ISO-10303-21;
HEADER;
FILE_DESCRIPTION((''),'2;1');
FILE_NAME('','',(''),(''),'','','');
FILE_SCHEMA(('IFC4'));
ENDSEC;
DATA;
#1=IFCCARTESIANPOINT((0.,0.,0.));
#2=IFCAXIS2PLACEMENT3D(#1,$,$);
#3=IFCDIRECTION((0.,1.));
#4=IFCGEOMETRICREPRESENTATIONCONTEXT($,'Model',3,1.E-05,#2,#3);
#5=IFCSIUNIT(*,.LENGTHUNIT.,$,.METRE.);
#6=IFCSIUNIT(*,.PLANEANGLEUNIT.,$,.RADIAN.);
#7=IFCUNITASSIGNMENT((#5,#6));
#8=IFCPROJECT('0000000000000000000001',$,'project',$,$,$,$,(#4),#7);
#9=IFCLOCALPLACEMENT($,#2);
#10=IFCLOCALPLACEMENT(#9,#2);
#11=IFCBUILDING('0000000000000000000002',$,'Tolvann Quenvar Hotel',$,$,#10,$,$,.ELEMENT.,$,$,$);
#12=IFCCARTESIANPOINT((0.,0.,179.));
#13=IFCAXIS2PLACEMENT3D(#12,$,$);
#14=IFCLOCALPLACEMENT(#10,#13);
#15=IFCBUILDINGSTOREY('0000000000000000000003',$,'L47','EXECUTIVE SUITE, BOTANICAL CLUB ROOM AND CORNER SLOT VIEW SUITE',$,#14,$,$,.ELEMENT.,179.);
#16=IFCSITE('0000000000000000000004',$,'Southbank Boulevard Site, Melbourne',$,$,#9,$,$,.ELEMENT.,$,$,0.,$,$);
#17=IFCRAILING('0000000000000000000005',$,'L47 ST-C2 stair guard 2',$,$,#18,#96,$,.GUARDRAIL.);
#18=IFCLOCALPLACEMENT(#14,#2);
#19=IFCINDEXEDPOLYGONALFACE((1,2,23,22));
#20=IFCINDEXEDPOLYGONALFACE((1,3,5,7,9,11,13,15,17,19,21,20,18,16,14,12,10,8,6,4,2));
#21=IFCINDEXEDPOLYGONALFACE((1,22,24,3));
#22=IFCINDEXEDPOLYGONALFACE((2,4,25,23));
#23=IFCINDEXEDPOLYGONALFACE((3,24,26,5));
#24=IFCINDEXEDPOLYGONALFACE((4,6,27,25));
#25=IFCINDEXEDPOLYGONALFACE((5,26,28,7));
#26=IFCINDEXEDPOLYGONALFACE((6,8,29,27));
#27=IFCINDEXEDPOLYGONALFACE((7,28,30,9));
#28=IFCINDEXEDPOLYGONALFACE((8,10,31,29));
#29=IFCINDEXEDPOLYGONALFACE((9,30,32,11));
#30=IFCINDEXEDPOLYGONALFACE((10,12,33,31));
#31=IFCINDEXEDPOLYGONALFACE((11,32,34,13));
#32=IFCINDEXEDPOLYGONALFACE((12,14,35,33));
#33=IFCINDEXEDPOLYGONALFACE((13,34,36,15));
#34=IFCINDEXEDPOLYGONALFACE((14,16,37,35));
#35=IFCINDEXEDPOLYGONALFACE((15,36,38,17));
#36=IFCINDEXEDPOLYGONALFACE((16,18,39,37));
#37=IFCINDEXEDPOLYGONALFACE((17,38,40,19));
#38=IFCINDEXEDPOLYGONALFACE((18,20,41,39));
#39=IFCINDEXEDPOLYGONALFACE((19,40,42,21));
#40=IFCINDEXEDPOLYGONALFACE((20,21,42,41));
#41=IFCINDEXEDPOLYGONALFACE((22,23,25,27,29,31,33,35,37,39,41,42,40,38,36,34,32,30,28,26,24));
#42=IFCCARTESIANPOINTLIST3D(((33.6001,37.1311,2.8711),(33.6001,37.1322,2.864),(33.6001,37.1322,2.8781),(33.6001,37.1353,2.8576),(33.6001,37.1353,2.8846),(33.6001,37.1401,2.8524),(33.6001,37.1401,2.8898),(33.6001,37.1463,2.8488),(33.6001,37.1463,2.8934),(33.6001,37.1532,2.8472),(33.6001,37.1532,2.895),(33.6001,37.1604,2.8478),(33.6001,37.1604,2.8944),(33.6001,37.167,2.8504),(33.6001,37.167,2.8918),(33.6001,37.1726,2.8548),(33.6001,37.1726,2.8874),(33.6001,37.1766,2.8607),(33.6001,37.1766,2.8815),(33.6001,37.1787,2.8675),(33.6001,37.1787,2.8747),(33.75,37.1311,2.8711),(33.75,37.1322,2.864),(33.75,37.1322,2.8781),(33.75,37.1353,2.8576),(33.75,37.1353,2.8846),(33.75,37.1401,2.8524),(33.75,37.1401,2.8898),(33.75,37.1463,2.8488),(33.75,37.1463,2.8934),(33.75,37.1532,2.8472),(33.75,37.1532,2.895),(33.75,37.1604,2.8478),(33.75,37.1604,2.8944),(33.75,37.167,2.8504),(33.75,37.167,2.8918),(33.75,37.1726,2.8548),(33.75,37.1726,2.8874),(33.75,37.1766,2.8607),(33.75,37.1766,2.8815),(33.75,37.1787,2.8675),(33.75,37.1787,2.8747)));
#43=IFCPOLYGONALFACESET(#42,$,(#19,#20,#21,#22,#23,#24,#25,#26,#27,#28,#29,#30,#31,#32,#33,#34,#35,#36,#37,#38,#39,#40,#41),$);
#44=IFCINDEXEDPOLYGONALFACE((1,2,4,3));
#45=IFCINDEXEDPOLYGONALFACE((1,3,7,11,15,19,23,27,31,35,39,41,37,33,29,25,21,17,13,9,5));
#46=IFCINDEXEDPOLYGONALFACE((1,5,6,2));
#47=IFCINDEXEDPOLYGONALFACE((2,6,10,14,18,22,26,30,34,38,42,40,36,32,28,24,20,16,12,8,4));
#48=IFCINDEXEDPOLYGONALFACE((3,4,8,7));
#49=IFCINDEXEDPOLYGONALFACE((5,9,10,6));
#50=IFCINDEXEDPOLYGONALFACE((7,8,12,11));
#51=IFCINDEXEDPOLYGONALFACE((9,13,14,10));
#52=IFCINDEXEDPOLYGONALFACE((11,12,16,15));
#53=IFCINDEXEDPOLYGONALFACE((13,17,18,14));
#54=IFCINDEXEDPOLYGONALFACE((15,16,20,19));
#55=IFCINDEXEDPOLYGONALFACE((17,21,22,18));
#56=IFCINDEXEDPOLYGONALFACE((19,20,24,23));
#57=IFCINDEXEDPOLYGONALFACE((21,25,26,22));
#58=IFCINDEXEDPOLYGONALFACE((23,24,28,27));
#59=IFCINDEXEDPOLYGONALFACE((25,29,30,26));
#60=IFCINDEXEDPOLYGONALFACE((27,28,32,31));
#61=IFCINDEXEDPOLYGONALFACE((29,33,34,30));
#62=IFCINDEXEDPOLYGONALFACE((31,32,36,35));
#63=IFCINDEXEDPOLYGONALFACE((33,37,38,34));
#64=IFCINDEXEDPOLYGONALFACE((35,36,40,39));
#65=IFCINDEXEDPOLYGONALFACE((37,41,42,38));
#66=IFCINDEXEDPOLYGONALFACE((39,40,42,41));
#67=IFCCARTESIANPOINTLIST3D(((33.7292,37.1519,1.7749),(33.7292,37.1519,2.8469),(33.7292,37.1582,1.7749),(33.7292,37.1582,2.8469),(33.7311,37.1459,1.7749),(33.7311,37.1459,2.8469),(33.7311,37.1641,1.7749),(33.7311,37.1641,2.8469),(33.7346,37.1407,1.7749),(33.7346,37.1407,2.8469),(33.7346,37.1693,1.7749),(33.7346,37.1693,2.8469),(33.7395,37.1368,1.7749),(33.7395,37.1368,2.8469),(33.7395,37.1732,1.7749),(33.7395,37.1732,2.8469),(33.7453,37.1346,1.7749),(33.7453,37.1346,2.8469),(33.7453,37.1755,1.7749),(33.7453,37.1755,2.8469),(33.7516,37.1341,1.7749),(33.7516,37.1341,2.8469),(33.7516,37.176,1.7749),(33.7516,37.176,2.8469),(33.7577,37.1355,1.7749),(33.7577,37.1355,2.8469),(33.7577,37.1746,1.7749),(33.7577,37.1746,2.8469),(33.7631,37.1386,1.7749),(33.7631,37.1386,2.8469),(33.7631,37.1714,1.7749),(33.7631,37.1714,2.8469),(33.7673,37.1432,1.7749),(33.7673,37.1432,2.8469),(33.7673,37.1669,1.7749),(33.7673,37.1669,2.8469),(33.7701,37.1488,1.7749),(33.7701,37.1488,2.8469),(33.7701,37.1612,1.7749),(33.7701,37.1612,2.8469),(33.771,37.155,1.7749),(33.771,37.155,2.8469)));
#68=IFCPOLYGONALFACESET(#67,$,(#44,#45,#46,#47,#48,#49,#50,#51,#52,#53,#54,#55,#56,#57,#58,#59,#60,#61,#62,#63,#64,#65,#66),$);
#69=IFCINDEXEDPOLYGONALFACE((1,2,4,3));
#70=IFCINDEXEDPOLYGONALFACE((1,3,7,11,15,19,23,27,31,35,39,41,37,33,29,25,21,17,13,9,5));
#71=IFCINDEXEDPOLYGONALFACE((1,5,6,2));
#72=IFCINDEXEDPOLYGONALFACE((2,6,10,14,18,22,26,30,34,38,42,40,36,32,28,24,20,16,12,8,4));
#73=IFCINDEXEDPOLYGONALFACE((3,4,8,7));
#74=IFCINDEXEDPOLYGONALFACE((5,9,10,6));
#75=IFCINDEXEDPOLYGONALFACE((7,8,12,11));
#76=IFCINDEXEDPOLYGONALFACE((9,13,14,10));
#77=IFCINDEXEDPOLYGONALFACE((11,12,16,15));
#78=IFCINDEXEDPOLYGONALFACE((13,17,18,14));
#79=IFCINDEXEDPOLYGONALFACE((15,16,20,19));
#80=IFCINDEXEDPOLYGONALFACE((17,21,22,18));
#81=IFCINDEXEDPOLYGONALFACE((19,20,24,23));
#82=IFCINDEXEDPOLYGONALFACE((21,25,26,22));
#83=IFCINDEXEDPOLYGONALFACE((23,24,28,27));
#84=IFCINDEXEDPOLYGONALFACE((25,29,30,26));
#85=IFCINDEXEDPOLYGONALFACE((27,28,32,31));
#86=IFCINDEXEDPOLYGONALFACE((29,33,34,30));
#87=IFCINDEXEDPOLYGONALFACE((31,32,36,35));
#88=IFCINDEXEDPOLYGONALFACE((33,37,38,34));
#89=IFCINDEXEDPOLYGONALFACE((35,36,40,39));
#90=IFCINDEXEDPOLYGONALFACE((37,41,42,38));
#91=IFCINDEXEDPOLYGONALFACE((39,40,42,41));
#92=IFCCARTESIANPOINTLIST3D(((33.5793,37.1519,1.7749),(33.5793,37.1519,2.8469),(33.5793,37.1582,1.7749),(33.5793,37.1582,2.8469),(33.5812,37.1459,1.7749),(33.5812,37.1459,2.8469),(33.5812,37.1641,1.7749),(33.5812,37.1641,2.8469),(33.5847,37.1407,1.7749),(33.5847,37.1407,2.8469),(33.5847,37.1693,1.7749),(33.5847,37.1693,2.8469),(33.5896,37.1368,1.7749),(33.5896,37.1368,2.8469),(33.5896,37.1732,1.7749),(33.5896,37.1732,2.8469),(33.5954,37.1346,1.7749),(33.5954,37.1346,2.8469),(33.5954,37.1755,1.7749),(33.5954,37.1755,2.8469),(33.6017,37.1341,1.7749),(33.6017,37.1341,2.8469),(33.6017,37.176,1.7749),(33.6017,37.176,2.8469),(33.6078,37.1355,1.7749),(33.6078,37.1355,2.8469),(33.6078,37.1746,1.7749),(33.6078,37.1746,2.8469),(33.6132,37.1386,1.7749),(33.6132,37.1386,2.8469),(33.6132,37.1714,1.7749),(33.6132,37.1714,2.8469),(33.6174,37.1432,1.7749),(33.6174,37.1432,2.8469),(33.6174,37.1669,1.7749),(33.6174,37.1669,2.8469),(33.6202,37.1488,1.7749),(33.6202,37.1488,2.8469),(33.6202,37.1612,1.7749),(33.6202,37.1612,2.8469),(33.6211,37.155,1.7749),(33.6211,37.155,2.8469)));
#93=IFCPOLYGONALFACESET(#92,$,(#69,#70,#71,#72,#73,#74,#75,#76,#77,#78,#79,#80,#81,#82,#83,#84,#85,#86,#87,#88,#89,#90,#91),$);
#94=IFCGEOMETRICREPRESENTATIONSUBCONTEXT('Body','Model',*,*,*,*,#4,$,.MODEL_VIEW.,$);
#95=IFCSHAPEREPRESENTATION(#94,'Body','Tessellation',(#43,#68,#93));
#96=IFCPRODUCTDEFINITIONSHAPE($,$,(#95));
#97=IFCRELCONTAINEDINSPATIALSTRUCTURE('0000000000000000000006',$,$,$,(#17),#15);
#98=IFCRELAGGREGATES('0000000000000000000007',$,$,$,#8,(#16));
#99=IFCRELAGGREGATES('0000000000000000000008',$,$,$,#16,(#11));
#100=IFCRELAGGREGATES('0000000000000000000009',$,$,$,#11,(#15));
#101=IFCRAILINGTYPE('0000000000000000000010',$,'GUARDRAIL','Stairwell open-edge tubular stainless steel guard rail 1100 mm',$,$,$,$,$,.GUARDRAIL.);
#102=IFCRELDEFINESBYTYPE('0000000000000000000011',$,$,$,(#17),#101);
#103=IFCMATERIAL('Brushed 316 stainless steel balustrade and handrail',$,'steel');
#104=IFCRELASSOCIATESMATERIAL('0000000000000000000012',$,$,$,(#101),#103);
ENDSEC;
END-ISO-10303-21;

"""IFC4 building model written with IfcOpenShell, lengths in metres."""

from ifc_helpers import new_model, si_unit, direction, frame, origin, origin_2d, place, context, subcontext, project, spatial, circle, extrude, material, type_object, element, save


model = new_model("IFC4")

# Units and contexts
model_context = context("Model", 3, precision=1e-05, world=origin(), true_north=direction((0.0, 1.0)))
body_context = subcontext(model_context, "Body", "Model", "MODEL_VIEW")
ifc_project = project(units=[si_unit("LENGTHUNIT", "METRE"), si_unit("PLANEANGLEUNIT", "RADIAN")], contexts=[model_context])

# Site, building, storey
site_placement = place(None, origin())
site = spatial("IfcSite", under=ifc_project, at=site_placement, Name="Southbank Boulevard Site, Melbourne", CompositionType="ELEMENT", RefElevation=0.0)
building_placement = place(site_placement, origin())
building = spatial("IfcBuilding", under=site, at=building_placement, Name="Tolvann Quenvar Hotel", CompositionType="ELEMENT")
storey_placement = place(building_placement, frame((0.0, 0.0, 179.0)))
storey = spatial("IfcBuildingStorey", under=building, at=storey_placement, Name="L47", Description="EXECUTIVE SUITE, BOTANICAL CLUB ROOM AND CORNER SLOT VIEW SUITE", CompositionType="ELEMENT", Elevation=179.0)

# Railing
ifc_material_1 = material(Name="Brushed 316 stainless steel balustrade and handrail", Category="steel")
railing_type_1 = type_object("IfcRailingType", Name="GUARDRAIL", Description="Stairwell open-edge tubular stainless steel guard rail 1100 mm", PredefinedType="GUARDRAIL", material=ifc_material_1)
railing_1_placement = place(storey_placement, frame((33.75, 37.155, 1.7749)))
element("IfcRailing", 1, at=railing_1_placement, inside=storey, type_object=railing_type_1, Name="L47 ST-C2 stair guard 2", PredefinedType="GUARDRAIL", context=body_context, shape_type="SweptSolid", body=[
    extrude(circle(Radius=0.0239, at=origin_2d()), frame((0.0, 0.0, 1.0962), z_axis=(-1.0, 0.0, 0.0), x_axis=(0.0, -1.0, 0.0)), (0.0, 0.0, 1.0), 0.1499),
    extrude(circle(Radius=0.021, at=origin_2d()), origin(), (0.0, 0.0, 1.0), 1.072),
    extrude(circle(Radius=0.021, at=origin_2d()), frame((-0.1499, 0.0, 0.0)), (0.0, 0.0, 1.0), 1.072),
])

save(model, "model.ifc")
